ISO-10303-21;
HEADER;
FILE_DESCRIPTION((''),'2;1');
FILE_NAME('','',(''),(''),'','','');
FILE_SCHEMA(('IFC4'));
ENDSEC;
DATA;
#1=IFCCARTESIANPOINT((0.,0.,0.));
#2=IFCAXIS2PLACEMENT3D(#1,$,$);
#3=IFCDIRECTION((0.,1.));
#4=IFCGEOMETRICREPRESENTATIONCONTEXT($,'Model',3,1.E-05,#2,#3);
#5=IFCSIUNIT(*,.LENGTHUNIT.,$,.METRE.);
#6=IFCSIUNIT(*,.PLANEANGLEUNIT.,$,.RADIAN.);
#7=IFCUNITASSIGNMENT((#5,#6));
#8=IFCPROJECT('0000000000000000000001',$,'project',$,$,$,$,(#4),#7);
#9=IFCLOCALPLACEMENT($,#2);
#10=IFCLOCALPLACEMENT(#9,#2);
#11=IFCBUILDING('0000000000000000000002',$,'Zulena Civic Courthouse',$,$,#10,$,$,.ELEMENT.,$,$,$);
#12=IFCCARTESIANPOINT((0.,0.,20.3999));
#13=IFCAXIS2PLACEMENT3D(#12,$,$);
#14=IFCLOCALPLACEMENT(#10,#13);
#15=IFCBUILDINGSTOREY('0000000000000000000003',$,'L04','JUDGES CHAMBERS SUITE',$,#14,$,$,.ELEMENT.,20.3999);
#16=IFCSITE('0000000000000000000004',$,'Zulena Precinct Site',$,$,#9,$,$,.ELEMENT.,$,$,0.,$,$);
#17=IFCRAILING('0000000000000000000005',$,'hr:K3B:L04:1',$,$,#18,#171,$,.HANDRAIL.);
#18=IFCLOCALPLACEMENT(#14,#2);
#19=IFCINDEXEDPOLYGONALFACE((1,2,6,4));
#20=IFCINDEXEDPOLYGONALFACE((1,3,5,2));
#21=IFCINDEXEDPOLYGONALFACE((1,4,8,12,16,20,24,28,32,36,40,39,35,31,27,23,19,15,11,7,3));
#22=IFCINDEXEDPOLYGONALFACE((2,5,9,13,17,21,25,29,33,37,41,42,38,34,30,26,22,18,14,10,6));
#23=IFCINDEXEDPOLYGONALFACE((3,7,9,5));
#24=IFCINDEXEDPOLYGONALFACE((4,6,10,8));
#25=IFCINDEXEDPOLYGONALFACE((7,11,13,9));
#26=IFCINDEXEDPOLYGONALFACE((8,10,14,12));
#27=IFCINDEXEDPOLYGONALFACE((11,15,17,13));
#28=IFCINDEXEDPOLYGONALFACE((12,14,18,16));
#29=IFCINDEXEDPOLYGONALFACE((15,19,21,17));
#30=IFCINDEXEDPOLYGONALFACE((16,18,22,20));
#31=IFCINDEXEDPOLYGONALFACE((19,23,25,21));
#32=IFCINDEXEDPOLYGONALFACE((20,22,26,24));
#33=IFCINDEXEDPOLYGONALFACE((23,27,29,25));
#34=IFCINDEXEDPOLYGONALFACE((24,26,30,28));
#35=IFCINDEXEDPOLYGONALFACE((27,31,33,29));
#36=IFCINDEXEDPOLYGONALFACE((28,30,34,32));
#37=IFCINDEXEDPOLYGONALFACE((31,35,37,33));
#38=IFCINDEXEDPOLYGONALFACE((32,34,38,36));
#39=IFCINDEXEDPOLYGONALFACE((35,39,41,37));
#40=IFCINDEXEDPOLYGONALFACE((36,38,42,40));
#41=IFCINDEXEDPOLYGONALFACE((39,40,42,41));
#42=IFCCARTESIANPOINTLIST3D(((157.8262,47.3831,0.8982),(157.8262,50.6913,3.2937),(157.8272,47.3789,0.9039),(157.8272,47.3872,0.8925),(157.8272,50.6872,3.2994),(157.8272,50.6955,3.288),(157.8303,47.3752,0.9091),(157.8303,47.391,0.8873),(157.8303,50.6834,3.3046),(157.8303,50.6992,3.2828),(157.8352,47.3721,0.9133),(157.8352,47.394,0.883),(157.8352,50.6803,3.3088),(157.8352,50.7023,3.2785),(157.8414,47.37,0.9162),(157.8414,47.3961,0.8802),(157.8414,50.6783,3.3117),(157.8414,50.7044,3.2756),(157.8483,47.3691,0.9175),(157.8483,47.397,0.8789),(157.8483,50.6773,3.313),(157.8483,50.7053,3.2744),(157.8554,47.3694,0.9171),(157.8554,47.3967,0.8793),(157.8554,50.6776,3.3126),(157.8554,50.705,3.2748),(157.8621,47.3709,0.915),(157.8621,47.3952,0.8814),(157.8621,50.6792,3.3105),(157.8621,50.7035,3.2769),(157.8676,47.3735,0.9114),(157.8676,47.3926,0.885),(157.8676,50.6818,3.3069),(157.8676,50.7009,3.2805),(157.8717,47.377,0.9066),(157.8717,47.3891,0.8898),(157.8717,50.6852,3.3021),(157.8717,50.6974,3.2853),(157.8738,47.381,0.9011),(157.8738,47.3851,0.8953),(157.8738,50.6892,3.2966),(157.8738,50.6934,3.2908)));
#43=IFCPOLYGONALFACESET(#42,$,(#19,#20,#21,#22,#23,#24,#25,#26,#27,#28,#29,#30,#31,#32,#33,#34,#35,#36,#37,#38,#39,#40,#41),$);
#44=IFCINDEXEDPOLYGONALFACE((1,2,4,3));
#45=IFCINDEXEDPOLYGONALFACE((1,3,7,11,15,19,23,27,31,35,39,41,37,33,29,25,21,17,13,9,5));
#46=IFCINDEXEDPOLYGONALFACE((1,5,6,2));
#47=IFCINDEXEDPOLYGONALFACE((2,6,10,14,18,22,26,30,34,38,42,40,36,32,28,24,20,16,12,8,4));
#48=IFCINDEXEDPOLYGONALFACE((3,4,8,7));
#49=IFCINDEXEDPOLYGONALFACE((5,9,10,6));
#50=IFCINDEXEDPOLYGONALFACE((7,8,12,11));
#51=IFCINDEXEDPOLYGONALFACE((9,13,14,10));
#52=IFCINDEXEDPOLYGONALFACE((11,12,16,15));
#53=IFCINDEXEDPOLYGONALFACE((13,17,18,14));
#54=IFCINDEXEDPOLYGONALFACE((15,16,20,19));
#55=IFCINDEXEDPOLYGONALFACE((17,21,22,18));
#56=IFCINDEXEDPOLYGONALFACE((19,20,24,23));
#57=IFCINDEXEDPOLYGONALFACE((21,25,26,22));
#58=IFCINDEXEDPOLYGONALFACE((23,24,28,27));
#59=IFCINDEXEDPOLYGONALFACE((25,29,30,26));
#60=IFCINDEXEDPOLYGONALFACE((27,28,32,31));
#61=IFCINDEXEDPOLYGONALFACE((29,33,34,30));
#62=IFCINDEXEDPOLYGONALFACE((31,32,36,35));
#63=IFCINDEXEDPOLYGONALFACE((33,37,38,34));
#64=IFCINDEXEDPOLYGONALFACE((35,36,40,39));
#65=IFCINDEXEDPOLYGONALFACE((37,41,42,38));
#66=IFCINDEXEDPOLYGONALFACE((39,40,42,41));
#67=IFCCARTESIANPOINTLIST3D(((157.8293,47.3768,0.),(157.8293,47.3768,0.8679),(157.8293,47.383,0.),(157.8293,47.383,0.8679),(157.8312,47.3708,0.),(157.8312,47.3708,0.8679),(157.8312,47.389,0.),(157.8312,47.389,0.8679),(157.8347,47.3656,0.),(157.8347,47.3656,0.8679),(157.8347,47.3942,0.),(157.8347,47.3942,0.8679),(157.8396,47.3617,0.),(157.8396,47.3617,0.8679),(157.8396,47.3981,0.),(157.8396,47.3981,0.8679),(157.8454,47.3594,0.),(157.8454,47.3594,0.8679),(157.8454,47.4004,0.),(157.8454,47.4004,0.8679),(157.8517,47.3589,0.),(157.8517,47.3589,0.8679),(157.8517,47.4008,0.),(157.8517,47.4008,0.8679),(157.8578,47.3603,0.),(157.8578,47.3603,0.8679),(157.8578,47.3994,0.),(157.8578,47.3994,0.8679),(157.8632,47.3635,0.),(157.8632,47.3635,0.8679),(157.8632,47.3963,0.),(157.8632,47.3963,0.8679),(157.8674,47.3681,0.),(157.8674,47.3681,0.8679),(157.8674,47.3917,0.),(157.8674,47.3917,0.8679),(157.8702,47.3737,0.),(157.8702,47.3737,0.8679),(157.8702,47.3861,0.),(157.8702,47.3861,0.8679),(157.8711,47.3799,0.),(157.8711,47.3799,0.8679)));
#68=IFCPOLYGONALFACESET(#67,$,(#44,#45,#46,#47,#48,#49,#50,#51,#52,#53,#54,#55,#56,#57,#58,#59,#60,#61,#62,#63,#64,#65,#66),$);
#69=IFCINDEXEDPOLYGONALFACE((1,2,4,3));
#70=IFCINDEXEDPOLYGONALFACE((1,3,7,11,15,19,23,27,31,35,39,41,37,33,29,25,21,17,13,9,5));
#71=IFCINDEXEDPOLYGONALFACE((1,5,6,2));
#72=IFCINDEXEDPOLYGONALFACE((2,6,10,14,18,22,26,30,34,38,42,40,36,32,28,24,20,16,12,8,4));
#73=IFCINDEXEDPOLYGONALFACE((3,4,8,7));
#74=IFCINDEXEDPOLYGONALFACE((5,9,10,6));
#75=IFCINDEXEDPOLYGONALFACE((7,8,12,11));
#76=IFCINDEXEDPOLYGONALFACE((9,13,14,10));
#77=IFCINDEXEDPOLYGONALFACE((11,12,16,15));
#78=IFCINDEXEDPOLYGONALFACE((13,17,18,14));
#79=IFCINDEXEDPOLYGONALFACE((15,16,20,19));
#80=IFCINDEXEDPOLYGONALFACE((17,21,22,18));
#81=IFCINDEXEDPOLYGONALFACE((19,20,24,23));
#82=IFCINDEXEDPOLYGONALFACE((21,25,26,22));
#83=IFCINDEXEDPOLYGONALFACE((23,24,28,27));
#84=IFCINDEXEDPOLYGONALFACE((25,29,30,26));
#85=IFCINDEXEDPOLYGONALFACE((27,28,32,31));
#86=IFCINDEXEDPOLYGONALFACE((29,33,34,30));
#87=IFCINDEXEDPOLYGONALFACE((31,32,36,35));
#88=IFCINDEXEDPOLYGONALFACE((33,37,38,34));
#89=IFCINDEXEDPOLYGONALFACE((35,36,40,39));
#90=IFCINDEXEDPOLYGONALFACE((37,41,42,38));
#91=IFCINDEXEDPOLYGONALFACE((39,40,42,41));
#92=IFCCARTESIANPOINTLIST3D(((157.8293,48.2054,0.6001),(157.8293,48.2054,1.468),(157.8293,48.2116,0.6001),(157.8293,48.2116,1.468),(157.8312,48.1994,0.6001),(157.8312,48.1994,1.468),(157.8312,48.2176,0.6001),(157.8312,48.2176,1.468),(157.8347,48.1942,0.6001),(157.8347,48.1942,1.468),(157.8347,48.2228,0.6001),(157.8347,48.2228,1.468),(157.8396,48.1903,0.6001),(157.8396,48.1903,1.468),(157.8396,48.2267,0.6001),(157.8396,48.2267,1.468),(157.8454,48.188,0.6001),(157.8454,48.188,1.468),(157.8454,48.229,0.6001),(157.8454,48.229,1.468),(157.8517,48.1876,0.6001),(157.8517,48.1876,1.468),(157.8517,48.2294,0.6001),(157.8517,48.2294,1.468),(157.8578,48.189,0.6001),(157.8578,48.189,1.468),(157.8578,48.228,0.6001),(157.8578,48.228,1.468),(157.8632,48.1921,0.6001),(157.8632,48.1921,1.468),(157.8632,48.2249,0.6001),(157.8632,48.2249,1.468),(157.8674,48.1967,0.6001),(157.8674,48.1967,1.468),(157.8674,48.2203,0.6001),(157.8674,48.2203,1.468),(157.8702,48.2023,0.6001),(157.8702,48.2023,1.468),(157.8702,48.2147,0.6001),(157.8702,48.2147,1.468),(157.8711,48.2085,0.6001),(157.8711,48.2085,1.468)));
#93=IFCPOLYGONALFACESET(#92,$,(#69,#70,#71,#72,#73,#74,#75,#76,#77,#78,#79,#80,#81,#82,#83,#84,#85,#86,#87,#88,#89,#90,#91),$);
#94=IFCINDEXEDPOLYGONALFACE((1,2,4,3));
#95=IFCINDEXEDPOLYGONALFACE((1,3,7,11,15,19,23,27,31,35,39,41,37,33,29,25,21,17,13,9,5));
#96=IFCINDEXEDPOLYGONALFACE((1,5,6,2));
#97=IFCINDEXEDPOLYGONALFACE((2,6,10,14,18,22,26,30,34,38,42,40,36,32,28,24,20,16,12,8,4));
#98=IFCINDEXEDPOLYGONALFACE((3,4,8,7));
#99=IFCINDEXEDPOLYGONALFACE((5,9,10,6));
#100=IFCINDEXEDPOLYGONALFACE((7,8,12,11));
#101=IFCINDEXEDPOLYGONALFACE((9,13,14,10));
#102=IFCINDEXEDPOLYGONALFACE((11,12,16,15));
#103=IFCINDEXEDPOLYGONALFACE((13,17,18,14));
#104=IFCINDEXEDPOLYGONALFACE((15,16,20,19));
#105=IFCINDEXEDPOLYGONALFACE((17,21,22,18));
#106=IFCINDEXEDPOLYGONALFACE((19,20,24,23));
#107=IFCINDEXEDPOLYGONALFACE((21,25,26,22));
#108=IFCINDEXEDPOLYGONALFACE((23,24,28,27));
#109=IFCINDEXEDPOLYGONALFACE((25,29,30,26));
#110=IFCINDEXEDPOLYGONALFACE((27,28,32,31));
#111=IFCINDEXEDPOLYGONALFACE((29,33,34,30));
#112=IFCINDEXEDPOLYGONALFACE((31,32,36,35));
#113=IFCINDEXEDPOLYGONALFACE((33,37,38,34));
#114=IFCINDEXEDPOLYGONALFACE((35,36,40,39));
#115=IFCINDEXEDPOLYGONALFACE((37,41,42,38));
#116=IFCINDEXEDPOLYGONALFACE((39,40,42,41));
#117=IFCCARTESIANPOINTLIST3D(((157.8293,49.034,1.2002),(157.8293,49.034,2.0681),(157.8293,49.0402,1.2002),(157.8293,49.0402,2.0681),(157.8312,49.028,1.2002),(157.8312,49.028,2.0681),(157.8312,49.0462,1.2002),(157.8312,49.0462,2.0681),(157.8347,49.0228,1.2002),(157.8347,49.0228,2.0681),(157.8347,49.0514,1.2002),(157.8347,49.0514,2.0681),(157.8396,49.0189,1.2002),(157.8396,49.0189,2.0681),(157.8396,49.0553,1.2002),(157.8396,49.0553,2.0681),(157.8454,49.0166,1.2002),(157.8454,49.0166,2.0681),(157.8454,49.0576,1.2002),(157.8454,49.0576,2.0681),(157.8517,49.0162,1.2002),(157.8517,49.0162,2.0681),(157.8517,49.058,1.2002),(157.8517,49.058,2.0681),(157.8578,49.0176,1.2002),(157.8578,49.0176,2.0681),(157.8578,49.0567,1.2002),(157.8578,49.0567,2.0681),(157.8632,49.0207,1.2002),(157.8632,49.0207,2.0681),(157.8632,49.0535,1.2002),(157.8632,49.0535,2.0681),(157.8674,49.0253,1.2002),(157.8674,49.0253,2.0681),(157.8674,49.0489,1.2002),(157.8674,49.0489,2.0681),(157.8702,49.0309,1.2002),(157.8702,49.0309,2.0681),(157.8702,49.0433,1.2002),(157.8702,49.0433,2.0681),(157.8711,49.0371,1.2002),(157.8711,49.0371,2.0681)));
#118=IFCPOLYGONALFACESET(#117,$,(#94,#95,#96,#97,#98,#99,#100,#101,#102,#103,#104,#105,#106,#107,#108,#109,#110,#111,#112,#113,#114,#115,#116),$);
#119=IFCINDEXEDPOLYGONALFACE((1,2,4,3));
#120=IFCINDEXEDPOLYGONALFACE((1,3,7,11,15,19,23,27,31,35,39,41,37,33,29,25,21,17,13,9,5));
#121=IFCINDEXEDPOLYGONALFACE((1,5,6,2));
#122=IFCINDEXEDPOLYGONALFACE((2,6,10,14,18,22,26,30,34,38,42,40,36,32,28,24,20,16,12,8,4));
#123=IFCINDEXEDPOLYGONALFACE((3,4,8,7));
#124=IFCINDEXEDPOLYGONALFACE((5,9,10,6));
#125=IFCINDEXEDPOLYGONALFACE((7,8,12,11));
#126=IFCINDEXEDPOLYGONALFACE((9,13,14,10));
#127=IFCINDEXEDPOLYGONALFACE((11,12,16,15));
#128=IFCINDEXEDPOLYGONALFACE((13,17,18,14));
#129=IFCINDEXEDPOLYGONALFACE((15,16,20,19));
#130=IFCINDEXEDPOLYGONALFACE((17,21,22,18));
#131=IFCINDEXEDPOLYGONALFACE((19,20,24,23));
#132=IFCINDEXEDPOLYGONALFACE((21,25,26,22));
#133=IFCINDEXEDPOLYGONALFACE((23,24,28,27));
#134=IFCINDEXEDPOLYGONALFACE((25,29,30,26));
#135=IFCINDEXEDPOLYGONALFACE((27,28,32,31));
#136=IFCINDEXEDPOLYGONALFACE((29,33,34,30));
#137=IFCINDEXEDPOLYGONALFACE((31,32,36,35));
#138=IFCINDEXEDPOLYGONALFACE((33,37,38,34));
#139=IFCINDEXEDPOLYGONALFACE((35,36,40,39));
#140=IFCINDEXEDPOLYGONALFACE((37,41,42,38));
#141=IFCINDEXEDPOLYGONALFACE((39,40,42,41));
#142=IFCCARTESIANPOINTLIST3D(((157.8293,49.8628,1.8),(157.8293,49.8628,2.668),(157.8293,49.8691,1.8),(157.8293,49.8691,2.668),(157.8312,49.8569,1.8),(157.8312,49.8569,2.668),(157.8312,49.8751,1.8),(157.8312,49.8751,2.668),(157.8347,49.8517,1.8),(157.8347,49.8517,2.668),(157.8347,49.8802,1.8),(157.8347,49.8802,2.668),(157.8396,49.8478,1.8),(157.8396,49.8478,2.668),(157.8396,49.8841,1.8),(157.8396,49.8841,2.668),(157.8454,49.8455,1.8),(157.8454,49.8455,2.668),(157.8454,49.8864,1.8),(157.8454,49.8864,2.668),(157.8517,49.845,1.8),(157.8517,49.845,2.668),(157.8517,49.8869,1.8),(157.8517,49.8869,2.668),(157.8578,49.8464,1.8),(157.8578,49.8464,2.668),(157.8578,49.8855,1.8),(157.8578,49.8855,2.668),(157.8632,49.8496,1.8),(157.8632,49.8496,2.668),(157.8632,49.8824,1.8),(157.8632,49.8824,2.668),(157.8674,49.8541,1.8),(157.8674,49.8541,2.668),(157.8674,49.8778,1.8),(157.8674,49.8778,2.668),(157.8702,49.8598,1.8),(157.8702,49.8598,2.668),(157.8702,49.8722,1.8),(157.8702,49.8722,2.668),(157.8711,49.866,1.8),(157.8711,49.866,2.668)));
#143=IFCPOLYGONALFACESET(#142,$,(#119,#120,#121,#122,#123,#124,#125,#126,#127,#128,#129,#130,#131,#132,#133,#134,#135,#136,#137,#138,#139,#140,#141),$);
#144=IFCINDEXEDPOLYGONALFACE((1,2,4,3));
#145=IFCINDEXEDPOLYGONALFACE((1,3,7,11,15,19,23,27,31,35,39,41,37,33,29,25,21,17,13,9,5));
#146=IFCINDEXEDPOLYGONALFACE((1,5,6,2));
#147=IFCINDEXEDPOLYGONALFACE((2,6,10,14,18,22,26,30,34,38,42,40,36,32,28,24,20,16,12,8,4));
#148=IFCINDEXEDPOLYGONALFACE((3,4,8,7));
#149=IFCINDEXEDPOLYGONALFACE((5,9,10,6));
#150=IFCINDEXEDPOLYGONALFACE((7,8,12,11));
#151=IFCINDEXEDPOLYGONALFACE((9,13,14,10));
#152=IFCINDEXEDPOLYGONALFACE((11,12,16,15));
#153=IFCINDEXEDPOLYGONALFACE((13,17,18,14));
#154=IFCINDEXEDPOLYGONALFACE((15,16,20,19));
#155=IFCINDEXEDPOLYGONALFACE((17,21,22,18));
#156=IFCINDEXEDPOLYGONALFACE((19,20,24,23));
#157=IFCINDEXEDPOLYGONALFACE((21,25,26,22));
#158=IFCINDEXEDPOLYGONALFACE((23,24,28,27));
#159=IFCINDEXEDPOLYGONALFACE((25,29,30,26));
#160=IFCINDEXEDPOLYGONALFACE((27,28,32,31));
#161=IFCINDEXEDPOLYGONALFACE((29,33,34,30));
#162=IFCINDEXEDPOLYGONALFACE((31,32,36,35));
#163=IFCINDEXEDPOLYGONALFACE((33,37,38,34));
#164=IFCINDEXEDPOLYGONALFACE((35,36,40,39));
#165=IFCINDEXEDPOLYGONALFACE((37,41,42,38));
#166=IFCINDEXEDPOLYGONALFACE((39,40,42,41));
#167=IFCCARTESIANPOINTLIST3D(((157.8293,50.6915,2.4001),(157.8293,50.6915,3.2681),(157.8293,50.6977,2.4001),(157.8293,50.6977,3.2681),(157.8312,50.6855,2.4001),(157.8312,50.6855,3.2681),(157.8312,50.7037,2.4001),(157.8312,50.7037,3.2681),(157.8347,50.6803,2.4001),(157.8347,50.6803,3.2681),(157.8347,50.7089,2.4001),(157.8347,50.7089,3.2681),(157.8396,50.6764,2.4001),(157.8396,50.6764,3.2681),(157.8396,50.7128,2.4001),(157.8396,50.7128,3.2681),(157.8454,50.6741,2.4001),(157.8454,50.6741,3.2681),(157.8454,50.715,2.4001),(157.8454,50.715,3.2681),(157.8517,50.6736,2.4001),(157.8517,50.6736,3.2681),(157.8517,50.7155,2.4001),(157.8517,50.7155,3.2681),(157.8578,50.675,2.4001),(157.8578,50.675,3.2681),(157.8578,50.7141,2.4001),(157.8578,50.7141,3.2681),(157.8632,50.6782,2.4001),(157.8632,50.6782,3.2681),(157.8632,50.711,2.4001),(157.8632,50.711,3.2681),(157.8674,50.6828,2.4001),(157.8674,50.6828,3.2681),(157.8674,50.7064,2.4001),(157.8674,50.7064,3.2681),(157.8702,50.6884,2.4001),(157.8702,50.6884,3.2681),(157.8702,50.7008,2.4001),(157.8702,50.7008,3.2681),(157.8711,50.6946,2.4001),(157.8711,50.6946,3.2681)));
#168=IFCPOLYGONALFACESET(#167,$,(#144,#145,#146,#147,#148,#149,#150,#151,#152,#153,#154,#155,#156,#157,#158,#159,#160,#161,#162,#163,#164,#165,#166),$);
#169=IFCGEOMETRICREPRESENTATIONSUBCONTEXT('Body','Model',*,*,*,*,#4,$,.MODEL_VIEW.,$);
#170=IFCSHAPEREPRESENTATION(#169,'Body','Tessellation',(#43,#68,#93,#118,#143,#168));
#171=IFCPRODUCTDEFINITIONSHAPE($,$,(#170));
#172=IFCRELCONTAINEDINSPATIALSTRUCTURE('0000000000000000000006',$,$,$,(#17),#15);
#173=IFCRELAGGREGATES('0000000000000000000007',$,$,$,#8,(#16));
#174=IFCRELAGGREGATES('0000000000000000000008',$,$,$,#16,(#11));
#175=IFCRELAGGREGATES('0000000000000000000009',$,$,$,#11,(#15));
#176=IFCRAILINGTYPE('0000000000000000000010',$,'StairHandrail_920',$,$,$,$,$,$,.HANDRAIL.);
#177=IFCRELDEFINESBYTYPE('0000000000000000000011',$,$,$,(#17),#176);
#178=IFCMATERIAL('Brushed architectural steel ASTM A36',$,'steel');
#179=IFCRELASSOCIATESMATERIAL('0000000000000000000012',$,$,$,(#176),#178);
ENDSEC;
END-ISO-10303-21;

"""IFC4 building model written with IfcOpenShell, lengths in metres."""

from ifc_helpers import new_model, si_unit, direction, frame, origin, origin_2d, place, context, subcontext, project, spatial, circle, extrude, material, type_object, element, save


model = new_model("IFC4")

# Units and contexts
model_context = context("Model", 3, precision=1e-05, world=origin(), true_north=direction((0.0, 1.0)))
body_context = subcontext(model_context, "Body", "Model", "MODEL_VIEW")
ifc_project = project(units=[si_unit("LENGTHUNIT", "METRE"), si_unit("PLANEANGLEUNIT", "RADIAN")], contexts=[model_context])

# Site, building, storey
site_placement = place(None, origin())
site = spatial("IfcSite", under=ifc_project, at=site_placement, Name="Zulena Precinct Site", CompositionType="ELEMENT", RefElevation=0.0)
building_placement = place(site_placement, origin())
building = spatial("IfcBuilding", under=site, at=building_placement, Name="Zulena Civic Courthouse", CompositionType="ELEMENT")
storey_placement = place(building_placement, frame((0.0, 0.0, 20.3999)))
storey = spatial("IfcBuildingStorey", under=building, at=storey_placement, Name="L04", Description="JUDGES CHAMBERS SUITE", CompositionType="ELEMENT", Elevation=20.3999)

# Shared definitions
ifc_material_1 = material(Name="Brushed architectural steel ASTM A36", Category="steel")

# Railing
railing_type_1 = type_object("IfcRailingType", Name="StairHandrail_920", PredefinedType="HANDRAIL", material=ifc_material_1)
railing_1_placement = place(storey_placement, frame((157.8501, 47.3799, 0.0)))
element("IfcRailing", 1, at=railing_1_placement, inside=storey, type_object=railing_type_1, Name="hr:K3B:L04:1", PredefinedType="HANDRAIL", context=body_context, shape_type="SweptSolid", body=[
    extrude(circle(Radius=0.0239, at=origin_2d()), frame((0.0, 0.0032, 0.8982), z_axis=(0.0, 0.80996, 0.586486), x_axis=(-1.0, 0.0, 0.0)), (0.0, 0.0, 1.0), 4.0845),
    extrude(circle(Radius=0.021, at=origin_2d()), origin(), (0.0, 0.0, 1.0), 0.8679),
    extrude(circle(Radius=0.021, at=origin_2d()), frame((0.0, 0.8286, 0.6001)), (0.0, 0.0, 1.0), 0.8679),
    extrude(circle(Radius=0.021, at=origin_2d()), frame((0.0, 1.6572, 1.2002)), (0.0, 0.0, 1.0), 0.8679),
    extrude(circle(Radius=0.021, at=origin_2d()), frame((0.0, 2.4861, 1.8)), (0.0, 0.0, 1.0), 0.8679),
    extrude(circle(Radius=0.021, at=origin_2d()), frame((0.0, 3.3147, 2.4001)), (0.0, 0.0, 1.0), 0.8679),
])

save(model, "model.ifc")
